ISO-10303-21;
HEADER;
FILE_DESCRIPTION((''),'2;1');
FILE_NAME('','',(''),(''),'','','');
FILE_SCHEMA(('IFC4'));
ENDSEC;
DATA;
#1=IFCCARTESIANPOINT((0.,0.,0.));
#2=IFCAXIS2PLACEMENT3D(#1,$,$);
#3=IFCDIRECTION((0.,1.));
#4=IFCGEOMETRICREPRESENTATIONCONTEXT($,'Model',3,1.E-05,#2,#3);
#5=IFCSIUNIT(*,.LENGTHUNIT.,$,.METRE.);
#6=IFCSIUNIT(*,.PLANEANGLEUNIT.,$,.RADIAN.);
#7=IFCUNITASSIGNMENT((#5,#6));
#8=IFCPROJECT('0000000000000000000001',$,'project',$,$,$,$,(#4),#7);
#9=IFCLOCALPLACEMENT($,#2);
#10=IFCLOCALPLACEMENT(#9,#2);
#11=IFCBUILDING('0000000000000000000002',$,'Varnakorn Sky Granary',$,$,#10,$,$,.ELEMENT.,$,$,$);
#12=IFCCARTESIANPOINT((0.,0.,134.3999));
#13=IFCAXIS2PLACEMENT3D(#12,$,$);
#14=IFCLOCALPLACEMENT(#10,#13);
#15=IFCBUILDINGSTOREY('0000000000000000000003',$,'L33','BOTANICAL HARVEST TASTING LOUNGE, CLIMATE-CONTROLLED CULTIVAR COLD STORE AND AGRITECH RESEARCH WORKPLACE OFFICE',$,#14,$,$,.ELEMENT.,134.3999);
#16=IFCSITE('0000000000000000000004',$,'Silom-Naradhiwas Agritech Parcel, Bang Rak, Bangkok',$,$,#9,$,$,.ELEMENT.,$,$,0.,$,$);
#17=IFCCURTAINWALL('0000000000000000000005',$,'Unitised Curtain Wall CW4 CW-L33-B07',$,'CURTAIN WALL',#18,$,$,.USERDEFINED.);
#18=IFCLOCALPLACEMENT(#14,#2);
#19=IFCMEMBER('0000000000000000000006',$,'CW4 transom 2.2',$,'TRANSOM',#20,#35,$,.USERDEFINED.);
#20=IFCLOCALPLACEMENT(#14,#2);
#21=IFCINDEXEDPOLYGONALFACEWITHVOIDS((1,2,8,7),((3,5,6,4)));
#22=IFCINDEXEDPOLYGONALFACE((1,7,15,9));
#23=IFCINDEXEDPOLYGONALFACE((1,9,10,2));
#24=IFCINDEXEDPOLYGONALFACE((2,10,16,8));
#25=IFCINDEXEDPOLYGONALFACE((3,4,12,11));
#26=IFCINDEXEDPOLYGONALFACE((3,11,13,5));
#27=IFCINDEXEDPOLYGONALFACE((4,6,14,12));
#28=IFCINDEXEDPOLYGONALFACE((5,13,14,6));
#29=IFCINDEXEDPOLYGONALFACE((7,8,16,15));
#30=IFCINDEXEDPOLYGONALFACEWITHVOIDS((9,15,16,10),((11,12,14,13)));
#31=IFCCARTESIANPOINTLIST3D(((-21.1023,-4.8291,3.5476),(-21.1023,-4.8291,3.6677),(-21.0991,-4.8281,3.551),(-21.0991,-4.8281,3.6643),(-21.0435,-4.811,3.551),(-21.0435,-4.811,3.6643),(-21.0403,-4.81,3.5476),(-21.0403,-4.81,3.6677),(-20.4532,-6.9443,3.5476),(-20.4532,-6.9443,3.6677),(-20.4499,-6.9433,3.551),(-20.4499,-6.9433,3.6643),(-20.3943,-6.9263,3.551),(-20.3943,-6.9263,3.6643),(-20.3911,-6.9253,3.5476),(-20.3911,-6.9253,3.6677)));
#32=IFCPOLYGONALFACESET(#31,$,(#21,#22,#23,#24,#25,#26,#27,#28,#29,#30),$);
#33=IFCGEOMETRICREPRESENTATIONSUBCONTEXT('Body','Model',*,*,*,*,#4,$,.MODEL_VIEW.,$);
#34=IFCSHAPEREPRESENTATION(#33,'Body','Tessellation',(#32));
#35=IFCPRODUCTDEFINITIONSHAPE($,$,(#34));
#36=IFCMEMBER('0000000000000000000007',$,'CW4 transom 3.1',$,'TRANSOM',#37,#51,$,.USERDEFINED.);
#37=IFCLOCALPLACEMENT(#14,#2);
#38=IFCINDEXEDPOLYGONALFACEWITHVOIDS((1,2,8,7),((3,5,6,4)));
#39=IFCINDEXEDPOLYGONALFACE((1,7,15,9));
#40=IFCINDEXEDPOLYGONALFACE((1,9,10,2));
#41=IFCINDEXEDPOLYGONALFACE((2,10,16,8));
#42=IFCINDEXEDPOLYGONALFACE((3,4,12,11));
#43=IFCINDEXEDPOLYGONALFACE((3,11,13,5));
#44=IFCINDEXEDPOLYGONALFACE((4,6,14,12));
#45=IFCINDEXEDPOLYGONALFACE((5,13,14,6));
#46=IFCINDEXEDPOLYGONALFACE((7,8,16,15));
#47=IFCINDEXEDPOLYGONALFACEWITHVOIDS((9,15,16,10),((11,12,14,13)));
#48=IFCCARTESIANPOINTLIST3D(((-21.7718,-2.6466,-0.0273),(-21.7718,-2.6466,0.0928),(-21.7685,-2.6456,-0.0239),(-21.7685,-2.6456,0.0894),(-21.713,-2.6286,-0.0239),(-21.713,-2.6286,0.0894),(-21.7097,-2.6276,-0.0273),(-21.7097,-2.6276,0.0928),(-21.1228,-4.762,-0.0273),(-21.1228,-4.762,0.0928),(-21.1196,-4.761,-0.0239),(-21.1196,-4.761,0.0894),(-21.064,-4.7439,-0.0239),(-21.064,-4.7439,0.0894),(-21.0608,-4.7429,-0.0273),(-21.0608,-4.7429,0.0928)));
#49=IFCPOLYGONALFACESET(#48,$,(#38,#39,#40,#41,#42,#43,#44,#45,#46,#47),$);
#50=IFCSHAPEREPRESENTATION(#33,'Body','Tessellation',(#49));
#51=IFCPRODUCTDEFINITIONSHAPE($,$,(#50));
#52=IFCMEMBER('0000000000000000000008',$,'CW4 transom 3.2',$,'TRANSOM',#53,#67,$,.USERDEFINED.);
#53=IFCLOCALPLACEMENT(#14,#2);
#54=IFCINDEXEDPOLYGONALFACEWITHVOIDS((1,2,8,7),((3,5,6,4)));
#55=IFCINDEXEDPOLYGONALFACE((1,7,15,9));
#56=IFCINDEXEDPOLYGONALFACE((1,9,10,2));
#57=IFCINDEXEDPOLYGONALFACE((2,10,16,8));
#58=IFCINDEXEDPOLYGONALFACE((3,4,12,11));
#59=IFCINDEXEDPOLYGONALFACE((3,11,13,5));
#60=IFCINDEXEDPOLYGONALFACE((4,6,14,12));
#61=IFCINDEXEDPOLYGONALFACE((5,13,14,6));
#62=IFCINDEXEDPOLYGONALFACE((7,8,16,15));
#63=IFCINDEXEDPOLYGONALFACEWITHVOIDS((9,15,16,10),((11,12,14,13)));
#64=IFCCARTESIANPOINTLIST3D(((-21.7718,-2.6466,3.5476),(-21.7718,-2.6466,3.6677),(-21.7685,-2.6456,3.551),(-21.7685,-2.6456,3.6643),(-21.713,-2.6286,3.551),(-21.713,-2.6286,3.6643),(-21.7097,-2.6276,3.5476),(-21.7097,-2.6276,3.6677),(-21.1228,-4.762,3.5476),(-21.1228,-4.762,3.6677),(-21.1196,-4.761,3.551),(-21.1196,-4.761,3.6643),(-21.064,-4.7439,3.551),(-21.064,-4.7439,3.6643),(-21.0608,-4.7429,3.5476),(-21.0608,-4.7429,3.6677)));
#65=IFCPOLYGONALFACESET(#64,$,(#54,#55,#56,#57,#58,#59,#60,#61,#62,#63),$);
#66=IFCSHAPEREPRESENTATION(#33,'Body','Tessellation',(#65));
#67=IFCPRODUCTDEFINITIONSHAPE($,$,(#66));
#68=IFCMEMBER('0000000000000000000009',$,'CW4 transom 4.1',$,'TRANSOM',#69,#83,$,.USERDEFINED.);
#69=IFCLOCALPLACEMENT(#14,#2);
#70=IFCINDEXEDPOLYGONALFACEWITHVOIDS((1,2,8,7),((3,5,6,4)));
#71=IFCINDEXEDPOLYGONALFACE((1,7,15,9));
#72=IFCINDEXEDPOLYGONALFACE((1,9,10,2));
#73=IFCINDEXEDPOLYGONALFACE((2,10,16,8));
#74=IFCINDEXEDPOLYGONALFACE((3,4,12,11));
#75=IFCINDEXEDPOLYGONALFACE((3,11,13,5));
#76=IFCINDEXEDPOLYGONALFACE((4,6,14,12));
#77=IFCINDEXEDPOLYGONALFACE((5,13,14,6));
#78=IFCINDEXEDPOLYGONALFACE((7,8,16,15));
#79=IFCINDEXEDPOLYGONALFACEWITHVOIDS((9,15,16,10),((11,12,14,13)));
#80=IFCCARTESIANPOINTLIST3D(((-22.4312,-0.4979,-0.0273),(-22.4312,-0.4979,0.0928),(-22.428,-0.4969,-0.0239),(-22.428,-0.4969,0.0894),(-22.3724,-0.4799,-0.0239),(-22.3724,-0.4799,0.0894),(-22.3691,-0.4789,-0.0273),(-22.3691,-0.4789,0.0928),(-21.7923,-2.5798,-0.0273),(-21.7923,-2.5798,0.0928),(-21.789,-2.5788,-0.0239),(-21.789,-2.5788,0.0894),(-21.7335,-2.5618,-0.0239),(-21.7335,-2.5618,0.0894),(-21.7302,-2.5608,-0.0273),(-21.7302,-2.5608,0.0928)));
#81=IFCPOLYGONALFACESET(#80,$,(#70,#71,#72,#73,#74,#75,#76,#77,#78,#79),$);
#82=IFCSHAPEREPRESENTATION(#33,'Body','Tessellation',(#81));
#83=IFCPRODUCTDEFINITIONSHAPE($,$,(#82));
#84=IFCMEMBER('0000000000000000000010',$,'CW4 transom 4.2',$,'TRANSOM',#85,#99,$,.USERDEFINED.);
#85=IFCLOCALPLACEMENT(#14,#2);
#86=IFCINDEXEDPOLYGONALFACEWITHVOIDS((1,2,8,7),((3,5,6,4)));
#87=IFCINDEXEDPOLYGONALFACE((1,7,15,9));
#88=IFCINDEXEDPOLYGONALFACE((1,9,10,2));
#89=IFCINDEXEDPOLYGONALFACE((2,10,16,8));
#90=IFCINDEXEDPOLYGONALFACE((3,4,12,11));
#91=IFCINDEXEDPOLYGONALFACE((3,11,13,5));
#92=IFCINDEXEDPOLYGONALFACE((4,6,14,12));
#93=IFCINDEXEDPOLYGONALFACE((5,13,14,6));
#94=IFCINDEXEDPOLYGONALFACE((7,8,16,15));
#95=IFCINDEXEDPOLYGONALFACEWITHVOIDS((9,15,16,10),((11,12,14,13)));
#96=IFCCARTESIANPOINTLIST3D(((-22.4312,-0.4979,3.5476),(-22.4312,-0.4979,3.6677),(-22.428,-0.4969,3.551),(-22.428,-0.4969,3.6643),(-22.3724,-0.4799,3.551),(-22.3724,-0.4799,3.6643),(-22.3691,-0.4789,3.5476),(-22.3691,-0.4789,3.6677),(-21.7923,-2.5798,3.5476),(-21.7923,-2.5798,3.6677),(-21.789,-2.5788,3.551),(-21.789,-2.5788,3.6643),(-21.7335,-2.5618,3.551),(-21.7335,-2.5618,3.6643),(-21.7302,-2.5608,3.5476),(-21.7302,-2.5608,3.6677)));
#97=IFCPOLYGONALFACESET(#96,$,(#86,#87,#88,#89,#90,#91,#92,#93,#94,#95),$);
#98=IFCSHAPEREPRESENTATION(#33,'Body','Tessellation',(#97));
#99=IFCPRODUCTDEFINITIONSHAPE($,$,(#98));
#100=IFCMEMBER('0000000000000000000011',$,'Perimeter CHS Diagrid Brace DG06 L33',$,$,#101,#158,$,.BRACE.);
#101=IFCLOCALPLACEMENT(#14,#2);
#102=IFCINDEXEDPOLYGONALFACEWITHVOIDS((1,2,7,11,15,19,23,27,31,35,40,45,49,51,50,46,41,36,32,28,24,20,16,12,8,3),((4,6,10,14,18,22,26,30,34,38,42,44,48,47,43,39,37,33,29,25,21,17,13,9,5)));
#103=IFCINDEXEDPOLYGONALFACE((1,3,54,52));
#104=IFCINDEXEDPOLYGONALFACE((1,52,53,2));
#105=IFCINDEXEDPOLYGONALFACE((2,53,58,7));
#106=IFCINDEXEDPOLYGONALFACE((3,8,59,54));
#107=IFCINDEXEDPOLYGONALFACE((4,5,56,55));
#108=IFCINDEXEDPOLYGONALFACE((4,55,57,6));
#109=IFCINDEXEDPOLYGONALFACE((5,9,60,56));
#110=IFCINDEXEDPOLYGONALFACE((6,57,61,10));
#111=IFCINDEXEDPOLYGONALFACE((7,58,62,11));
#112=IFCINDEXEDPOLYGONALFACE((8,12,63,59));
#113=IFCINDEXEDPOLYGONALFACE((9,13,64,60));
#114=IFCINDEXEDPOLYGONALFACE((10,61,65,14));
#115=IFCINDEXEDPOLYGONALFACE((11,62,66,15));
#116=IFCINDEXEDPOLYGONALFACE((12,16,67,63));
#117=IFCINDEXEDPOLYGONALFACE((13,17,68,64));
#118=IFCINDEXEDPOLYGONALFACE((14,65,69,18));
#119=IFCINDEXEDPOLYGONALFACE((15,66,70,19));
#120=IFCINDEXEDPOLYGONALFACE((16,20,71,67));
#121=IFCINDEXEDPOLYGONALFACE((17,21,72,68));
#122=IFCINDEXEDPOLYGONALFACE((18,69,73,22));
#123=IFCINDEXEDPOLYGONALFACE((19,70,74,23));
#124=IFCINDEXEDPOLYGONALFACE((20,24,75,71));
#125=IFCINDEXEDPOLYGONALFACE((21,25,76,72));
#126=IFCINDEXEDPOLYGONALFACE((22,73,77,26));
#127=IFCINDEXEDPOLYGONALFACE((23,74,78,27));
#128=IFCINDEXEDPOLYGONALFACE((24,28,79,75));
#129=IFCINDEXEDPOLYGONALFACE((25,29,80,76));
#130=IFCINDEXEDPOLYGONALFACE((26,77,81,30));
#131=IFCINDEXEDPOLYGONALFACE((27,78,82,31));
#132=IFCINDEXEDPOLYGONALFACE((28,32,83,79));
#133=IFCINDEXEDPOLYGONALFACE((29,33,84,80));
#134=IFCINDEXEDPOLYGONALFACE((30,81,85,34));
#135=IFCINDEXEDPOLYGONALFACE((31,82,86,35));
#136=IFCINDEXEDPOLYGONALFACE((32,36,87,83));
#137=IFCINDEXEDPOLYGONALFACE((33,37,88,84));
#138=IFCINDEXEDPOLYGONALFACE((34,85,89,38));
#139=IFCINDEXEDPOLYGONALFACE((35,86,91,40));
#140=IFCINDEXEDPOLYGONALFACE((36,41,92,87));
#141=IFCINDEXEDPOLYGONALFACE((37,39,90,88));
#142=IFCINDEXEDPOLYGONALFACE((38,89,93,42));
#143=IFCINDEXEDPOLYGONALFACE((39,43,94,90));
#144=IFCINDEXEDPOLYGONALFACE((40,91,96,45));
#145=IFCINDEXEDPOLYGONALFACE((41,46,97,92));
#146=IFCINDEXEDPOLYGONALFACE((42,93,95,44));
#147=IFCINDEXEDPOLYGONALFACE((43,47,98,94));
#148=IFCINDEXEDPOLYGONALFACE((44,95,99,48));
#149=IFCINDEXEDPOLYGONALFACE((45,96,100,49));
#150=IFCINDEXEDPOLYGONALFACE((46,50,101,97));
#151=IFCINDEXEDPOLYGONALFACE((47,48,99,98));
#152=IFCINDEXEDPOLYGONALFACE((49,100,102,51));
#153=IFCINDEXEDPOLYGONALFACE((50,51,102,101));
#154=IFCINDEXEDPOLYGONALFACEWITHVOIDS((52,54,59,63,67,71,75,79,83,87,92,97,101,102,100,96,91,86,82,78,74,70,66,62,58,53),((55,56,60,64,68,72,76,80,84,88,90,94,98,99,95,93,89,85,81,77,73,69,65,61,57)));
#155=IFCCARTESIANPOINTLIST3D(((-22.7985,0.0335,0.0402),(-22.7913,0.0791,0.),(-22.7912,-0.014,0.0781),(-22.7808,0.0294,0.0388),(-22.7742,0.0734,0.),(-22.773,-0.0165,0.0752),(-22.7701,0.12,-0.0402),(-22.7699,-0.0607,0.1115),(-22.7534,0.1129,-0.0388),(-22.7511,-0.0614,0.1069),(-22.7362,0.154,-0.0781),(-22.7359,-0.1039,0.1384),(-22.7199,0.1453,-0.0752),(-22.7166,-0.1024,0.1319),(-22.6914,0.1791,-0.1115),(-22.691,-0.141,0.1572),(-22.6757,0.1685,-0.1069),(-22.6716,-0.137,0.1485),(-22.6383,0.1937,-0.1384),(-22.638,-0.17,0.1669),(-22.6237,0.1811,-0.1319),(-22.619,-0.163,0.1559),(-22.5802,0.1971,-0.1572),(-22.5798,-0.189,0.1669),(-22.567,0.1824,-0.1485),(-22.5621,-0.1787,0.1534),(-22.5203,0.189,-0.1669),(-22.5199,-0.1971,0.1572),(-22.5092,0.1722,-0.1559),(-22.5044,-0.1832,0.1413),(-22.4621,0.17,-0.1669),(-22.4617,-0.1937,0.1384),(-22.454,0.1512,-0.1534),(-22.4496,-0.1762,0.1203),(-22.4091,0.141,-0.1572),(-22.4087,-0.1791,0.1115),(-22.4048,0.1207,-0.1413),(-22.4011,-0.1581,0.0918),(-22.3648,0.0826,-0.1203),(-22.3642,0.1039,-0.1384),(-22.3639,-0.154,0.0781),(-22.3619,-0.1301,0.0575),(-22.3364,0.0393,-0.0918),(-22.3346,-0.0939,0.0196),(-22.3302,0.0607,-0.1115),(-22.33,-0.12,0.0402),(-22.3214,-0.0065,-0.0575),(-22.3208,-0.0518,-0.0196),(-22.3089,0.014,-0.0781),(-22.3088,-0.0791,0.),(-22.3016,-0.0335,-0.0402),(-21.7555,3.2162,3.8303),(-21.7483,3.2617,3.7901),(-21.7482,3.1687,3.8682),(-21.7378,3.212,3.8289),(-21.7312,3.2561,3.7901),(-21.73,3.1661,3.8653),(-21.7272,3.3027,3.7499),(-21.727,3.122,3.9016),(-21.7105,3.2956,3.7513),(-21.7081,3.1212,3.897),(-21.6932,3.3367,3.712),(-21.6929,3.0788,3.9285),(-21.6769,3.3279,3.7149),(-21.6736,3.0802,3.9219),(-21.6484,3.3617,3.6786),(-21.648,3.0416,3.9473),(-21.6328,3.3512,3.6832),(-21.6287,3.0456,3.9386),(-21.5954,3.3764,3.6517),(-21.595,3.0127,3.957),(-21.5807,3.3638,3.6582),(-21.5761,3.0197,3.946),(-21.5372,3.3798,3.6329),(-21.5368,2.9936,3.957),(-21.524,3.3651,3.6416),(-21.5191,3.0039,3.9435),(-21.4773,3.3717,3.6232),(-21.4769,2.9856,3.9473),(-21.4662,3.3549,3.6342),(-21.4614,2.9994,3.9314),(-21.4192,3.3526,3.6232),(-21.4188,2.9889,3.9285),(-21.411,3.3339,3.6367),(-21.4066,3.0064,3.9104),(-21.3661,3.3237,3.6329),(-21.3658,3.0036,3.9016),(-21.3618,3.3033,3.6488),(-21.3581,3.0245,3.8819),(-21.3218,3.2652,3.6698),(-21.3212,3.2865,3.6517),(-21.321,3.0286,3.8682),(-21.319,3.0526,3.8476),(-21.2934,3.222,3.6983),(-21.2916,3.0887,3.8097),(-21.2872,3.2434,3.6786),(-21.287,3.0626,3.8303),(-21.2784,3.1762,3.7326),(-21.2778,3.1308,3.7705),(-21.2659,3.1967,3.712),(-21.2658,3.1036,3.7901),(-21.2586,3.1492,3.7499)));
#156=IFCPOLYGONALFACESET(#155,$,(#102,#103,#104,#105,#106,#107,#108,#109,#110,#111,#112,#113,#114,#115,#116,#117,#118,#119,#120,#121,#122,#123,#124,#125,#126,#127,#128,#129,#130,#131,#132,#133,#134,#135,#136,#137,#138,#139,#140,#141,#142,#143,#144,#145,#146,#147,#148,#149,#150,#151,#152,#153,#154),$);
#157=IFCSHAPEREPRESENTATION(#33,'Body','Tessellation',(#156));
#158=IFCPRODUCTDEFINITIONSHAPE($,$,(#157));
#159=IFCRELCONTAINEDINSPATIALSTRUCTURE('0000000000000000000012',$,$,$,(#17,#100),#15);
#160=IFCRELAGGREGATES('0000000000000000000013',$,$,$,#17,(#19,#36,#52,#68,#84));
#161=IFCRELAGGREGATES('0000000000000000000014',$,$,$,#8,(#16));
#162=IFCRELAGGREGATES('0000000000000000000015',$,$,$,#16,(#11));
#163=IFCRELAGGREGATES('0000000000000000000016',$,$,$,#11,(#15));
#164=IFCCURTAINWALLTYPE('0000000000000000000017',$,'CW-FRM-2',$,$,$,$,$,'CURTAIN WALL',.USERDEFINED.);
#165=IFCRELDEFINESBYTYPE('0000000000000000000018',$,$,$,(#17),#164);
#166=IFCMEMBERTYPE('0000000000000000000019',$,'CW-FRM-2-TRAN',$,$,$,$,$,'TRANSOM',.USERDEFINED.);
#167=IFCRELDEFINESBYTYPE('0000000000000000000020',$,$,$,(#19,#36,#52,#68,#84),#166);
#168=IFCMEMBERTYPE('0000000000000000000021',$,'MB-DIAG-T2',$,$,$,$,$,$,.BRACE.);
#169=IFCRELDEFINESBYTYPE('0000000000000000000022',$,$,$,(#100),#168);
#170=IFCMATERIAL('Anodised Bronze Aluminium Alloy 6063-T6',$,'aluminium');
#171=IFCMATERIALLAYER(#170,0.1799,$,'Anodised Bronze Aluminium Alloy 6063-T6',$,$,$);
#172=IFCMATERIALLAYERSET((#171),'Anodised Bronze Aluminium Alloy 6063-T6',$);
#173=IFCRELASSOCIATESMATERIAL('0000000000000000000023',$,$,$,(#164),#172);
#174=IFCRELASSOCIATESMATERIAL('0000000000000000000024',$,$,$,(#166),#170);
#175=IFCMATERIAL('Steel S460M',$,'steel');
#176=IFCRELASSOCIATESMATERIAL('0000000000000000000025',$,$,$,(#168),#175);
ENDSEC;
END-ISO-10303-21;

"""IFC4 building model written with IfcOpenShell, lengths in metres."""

from ifc_helpers import new_model, si_unit, direction, frame, origin, origin_2d, place, context, subcontext, project, spatial, hollow_rectangle, hollow_circle, extrude, material, layer, layer_set, material_profile, profile_set, type_object, element, aggregate, save


model = new_model("IFC4")

# Units and contexts
model_context = context("Model", 3, precision=1e-05, world=origin(), true_north=direction((0.0, 1.0)))
body_context = subcontext(model_context, "Body", "Model", "MODEL_VIEW")
ifc_project = project(units=[si_unit("LENGTHUNIT", "METRE"), si_unit("PLANEANGLEUNIT", "RADIAN")], contexts=[model_context])

# Site, building, storey
site_placement = place(None, origin())
site = spatial("IfcSite", under=ifc_project, at=site_placement, Name="Silom-Naradhiwas Agritech Parcel, Bang Rak, Bangkok", CompositionType="ELEMENT", RefElevation=0.0)
building_placement = place(site_placement, origin())
building = spatial("IfcBuilding", under=site, at=building_placement, Name="Varnakorn Sky Granary", CompositionType="ELEMENT")
storey_placement = place(building_placement, frame((0.0, 0.0, 134.3999)))
storey = spatial("IfcBuildingStorey", under=building, at=storey_placement, Name="L33", Description="BOTANICAL HARVEST TASTING LOUNGE, CLIMATE-CONTROLLED CULTIVAR COLD STORE AND AGRITECH RESEARCH WORKPLACE OFFICE", CompositionType="ELEMENT", Elevation=134.3999)

# Shared definitions
ifc_material_1 = material(Name="Steel S460M", Category="steel")

# Curtain wall, members
ifc_material_2 = material(Name="Anodised Bronze Aluminium Alloy 6063-T6", Category="aluminium")
ifc_layer_1 = layer(ifc_material_2, 0.1799, Name="Anodised Bronze Aluminium Alloy 6063-T6")
ifc_layer_set_1 = layer_set([ifc_layer_1], Name="Anodised Bronze Aluminium Alloy 6063-T6")
curtain_wall_type = type_object("IfcCurtainWallType", Name="CW-FRM-2", ElementType="CURTAIN WALL", PredefinedType="USERDEFINED", material=ifc_layer_set_1)
curtain_wall_placement = place(storey_placement, origin())
curtain_wall = element("IfcCurtainWall", 1, at=curtain_wall_placement, inside=storey, type_object=curtain_wall_type, Name="Unitised Curtain Wall CW4 CW-L33-B07", ObjectType="CURTAIN WALL", PredefinedType="USERDEFINED")
ifc_material_profile_1 = material_profile(ifc_material_2, hollow_rectangle(XDim=0.0649, YDim=0.1201, WallThickness=0.0034, at=origin_2d()), Name="ALU TRAN 65x120")
ifc_profile_set_1 = profile_set([ifc_material_profile_1], Name="Anodised Bronze Aluminium Alloy 6063-T6")
member_type_1 = type_object("IfcMemberType", Name="CW-FRM-2-TRAN", ElementType="TRANSOM", PredefinedType="USERDEFINED", material=ifc_profile_set_1)
member_1_placement = place(storey_placement, frame((-20.4221, -6.9348, 3.6077), z_axis=(-0.293396, 0.955991, 0.0), x_axis=(-0.955991, -0.293396, 0.0)))
member_1 = element("IfcMember", 2, at=member_1_placement, type_object=member_type_1, Name="CW4 transom 2.2", ObjectType="TRANSOM", PredefinedType="USERDEFINED", context=body_context, shape_type="SweptSolid", body=[
    extrude(hollow_rectangle(XDim=0.0649, YDim=0.1201, WallThickness=0.0034, at=origin_2d()), origin(), (0.0, 0.0, 1.0), 2.2126),
])
member_2_placement = place(storey_placement, frame((-21.0918, -4.7524, 0.0327), z_axis=(-0.293295, 0.956022, 0.0), x_axis=(-0.956022, -0.293295, 0.0)))
member_2 = element("IfcMember", 3, at=member_2_placement, type_object=member_type_1, Name="CW4 transom 3.1", ObjectType="TRANSOM", PredefinedType="USERDEFINED", context=body_context, shape_type="SweptSolid", body=[
    extrude(hollow_rectangle(XDim=0.0649, YDim=0.1201, WallThickness=0.0034, at=origin_2d()), origin(), (0.0, 0.0, 1.0), 2.2126),
])
member_3_placement = place(storey_placement, frame((-21.0918, -4.7524, 3.6077), z_axis=(-0.293295, 0.956022, 0.0), x_axis=(-0.956022, -0.293295, 0.0)))
member_3 = element("IfcMember", 4, at=member_3_placement, type_object=member_type_1, Name="CW4 transom 3.2", ObjectType="TRANSOM", PredefinedType="USERDEFINED", context=body_context, shape_type="SweptSolid", body=[
    extrude(hollow_rectangle(XDim=0.0649, YDim=0.1201, WallThickness=0.0034, at=origin_2d()), origin(), (0.0, 0.0, 1.0), 2.2126),
])
member_4_placement = place(storey_placement, frame((-21.7612, -2.5703, 0.0327), z_axis=(-0.2934, 0.95599, 0.0), x_axis=(-0.95599, -0.2934, 0.0)))
member_4 = element("IfcMember", 5, at=member_4_placement, type_object=member_type_1, Name="CW4 transom 4.1", ObjectType="TRANSOM", PredefinedType="USERDEFINED", context=body_context, shape_type="SweptSolid", body=[
    extrude(hollow_rectangle(XDim=0.0649, YDim=0.1201, WallThickness=0.0034, at=origin_2d()), origin(), (0.0, 0.0, 1.0), 2.1777),
])
member_5_placement = place(storey_placement, frame((-21.7612, -2.5703, 3.6077), z_axis=(-0.2934, 0.95599, 0.0), x_axis=(-0.95599, -0.2934, 0.0)))
member_5 = element("IfcMember", 6, at=member_5_placement, type_object=member_type_1, Name="CW4 transom 4.2", ObjectType="TRANSOM", PredefinedType="USERDEFINED", context=body_context, shape_type="SweptSolid", body=[
    extrude(hollow_rectangle(XDim=0.0649, YDim=0.1201, WallThickness=0.0034, at=origin_2d()), origin(), (0.0, 0.0, 1.0), 2.1777),
])

# Member
ifc_material_profile_2 = material_profile(ifc_material_1, hollow_circle(Radius=0.2539, WallThickness=0.0181, at=origin_2d()), Name="CHS 508x18")
ifc_profile_set_2 = profile_set([ifc_material_profile_2], Name="Steel S460M")
member_type_2 = type_object("IfcMemberType", Name="MB-DIAG-T2", PredefinedType="BRACE", material=ifc_profile_set_2)
for number, where, z_axis, x_axis, name in (
    (7, (-22.55, 0.0, 0.0), (0.20621, 0.629251, 0.749347), (-0.950275, 0.311413, 0.0), "Perimeter CHS Diagrid Brace DG06 L33"),
):
    element("IfcMember", number, at=place(storey_placement, frame(where, z_axis=z_axis, x_axis=x_axis)), inside=storey, type_object=member_type_2, Name=name, PredefinedType="BRACE", context=body_context, shape_type="SweptSolid", body=[
        extrude(hollow_circle(Radius=0.2539, WallThickness=0.0181, at=origin_2d()), origin(), (0.0, 0.0, 1.0), 5.0579),
    ])

aggregate(curtain_wall, [member_1, member_2, member_3, member_4, member_5])

save(model, "model.ifc")
